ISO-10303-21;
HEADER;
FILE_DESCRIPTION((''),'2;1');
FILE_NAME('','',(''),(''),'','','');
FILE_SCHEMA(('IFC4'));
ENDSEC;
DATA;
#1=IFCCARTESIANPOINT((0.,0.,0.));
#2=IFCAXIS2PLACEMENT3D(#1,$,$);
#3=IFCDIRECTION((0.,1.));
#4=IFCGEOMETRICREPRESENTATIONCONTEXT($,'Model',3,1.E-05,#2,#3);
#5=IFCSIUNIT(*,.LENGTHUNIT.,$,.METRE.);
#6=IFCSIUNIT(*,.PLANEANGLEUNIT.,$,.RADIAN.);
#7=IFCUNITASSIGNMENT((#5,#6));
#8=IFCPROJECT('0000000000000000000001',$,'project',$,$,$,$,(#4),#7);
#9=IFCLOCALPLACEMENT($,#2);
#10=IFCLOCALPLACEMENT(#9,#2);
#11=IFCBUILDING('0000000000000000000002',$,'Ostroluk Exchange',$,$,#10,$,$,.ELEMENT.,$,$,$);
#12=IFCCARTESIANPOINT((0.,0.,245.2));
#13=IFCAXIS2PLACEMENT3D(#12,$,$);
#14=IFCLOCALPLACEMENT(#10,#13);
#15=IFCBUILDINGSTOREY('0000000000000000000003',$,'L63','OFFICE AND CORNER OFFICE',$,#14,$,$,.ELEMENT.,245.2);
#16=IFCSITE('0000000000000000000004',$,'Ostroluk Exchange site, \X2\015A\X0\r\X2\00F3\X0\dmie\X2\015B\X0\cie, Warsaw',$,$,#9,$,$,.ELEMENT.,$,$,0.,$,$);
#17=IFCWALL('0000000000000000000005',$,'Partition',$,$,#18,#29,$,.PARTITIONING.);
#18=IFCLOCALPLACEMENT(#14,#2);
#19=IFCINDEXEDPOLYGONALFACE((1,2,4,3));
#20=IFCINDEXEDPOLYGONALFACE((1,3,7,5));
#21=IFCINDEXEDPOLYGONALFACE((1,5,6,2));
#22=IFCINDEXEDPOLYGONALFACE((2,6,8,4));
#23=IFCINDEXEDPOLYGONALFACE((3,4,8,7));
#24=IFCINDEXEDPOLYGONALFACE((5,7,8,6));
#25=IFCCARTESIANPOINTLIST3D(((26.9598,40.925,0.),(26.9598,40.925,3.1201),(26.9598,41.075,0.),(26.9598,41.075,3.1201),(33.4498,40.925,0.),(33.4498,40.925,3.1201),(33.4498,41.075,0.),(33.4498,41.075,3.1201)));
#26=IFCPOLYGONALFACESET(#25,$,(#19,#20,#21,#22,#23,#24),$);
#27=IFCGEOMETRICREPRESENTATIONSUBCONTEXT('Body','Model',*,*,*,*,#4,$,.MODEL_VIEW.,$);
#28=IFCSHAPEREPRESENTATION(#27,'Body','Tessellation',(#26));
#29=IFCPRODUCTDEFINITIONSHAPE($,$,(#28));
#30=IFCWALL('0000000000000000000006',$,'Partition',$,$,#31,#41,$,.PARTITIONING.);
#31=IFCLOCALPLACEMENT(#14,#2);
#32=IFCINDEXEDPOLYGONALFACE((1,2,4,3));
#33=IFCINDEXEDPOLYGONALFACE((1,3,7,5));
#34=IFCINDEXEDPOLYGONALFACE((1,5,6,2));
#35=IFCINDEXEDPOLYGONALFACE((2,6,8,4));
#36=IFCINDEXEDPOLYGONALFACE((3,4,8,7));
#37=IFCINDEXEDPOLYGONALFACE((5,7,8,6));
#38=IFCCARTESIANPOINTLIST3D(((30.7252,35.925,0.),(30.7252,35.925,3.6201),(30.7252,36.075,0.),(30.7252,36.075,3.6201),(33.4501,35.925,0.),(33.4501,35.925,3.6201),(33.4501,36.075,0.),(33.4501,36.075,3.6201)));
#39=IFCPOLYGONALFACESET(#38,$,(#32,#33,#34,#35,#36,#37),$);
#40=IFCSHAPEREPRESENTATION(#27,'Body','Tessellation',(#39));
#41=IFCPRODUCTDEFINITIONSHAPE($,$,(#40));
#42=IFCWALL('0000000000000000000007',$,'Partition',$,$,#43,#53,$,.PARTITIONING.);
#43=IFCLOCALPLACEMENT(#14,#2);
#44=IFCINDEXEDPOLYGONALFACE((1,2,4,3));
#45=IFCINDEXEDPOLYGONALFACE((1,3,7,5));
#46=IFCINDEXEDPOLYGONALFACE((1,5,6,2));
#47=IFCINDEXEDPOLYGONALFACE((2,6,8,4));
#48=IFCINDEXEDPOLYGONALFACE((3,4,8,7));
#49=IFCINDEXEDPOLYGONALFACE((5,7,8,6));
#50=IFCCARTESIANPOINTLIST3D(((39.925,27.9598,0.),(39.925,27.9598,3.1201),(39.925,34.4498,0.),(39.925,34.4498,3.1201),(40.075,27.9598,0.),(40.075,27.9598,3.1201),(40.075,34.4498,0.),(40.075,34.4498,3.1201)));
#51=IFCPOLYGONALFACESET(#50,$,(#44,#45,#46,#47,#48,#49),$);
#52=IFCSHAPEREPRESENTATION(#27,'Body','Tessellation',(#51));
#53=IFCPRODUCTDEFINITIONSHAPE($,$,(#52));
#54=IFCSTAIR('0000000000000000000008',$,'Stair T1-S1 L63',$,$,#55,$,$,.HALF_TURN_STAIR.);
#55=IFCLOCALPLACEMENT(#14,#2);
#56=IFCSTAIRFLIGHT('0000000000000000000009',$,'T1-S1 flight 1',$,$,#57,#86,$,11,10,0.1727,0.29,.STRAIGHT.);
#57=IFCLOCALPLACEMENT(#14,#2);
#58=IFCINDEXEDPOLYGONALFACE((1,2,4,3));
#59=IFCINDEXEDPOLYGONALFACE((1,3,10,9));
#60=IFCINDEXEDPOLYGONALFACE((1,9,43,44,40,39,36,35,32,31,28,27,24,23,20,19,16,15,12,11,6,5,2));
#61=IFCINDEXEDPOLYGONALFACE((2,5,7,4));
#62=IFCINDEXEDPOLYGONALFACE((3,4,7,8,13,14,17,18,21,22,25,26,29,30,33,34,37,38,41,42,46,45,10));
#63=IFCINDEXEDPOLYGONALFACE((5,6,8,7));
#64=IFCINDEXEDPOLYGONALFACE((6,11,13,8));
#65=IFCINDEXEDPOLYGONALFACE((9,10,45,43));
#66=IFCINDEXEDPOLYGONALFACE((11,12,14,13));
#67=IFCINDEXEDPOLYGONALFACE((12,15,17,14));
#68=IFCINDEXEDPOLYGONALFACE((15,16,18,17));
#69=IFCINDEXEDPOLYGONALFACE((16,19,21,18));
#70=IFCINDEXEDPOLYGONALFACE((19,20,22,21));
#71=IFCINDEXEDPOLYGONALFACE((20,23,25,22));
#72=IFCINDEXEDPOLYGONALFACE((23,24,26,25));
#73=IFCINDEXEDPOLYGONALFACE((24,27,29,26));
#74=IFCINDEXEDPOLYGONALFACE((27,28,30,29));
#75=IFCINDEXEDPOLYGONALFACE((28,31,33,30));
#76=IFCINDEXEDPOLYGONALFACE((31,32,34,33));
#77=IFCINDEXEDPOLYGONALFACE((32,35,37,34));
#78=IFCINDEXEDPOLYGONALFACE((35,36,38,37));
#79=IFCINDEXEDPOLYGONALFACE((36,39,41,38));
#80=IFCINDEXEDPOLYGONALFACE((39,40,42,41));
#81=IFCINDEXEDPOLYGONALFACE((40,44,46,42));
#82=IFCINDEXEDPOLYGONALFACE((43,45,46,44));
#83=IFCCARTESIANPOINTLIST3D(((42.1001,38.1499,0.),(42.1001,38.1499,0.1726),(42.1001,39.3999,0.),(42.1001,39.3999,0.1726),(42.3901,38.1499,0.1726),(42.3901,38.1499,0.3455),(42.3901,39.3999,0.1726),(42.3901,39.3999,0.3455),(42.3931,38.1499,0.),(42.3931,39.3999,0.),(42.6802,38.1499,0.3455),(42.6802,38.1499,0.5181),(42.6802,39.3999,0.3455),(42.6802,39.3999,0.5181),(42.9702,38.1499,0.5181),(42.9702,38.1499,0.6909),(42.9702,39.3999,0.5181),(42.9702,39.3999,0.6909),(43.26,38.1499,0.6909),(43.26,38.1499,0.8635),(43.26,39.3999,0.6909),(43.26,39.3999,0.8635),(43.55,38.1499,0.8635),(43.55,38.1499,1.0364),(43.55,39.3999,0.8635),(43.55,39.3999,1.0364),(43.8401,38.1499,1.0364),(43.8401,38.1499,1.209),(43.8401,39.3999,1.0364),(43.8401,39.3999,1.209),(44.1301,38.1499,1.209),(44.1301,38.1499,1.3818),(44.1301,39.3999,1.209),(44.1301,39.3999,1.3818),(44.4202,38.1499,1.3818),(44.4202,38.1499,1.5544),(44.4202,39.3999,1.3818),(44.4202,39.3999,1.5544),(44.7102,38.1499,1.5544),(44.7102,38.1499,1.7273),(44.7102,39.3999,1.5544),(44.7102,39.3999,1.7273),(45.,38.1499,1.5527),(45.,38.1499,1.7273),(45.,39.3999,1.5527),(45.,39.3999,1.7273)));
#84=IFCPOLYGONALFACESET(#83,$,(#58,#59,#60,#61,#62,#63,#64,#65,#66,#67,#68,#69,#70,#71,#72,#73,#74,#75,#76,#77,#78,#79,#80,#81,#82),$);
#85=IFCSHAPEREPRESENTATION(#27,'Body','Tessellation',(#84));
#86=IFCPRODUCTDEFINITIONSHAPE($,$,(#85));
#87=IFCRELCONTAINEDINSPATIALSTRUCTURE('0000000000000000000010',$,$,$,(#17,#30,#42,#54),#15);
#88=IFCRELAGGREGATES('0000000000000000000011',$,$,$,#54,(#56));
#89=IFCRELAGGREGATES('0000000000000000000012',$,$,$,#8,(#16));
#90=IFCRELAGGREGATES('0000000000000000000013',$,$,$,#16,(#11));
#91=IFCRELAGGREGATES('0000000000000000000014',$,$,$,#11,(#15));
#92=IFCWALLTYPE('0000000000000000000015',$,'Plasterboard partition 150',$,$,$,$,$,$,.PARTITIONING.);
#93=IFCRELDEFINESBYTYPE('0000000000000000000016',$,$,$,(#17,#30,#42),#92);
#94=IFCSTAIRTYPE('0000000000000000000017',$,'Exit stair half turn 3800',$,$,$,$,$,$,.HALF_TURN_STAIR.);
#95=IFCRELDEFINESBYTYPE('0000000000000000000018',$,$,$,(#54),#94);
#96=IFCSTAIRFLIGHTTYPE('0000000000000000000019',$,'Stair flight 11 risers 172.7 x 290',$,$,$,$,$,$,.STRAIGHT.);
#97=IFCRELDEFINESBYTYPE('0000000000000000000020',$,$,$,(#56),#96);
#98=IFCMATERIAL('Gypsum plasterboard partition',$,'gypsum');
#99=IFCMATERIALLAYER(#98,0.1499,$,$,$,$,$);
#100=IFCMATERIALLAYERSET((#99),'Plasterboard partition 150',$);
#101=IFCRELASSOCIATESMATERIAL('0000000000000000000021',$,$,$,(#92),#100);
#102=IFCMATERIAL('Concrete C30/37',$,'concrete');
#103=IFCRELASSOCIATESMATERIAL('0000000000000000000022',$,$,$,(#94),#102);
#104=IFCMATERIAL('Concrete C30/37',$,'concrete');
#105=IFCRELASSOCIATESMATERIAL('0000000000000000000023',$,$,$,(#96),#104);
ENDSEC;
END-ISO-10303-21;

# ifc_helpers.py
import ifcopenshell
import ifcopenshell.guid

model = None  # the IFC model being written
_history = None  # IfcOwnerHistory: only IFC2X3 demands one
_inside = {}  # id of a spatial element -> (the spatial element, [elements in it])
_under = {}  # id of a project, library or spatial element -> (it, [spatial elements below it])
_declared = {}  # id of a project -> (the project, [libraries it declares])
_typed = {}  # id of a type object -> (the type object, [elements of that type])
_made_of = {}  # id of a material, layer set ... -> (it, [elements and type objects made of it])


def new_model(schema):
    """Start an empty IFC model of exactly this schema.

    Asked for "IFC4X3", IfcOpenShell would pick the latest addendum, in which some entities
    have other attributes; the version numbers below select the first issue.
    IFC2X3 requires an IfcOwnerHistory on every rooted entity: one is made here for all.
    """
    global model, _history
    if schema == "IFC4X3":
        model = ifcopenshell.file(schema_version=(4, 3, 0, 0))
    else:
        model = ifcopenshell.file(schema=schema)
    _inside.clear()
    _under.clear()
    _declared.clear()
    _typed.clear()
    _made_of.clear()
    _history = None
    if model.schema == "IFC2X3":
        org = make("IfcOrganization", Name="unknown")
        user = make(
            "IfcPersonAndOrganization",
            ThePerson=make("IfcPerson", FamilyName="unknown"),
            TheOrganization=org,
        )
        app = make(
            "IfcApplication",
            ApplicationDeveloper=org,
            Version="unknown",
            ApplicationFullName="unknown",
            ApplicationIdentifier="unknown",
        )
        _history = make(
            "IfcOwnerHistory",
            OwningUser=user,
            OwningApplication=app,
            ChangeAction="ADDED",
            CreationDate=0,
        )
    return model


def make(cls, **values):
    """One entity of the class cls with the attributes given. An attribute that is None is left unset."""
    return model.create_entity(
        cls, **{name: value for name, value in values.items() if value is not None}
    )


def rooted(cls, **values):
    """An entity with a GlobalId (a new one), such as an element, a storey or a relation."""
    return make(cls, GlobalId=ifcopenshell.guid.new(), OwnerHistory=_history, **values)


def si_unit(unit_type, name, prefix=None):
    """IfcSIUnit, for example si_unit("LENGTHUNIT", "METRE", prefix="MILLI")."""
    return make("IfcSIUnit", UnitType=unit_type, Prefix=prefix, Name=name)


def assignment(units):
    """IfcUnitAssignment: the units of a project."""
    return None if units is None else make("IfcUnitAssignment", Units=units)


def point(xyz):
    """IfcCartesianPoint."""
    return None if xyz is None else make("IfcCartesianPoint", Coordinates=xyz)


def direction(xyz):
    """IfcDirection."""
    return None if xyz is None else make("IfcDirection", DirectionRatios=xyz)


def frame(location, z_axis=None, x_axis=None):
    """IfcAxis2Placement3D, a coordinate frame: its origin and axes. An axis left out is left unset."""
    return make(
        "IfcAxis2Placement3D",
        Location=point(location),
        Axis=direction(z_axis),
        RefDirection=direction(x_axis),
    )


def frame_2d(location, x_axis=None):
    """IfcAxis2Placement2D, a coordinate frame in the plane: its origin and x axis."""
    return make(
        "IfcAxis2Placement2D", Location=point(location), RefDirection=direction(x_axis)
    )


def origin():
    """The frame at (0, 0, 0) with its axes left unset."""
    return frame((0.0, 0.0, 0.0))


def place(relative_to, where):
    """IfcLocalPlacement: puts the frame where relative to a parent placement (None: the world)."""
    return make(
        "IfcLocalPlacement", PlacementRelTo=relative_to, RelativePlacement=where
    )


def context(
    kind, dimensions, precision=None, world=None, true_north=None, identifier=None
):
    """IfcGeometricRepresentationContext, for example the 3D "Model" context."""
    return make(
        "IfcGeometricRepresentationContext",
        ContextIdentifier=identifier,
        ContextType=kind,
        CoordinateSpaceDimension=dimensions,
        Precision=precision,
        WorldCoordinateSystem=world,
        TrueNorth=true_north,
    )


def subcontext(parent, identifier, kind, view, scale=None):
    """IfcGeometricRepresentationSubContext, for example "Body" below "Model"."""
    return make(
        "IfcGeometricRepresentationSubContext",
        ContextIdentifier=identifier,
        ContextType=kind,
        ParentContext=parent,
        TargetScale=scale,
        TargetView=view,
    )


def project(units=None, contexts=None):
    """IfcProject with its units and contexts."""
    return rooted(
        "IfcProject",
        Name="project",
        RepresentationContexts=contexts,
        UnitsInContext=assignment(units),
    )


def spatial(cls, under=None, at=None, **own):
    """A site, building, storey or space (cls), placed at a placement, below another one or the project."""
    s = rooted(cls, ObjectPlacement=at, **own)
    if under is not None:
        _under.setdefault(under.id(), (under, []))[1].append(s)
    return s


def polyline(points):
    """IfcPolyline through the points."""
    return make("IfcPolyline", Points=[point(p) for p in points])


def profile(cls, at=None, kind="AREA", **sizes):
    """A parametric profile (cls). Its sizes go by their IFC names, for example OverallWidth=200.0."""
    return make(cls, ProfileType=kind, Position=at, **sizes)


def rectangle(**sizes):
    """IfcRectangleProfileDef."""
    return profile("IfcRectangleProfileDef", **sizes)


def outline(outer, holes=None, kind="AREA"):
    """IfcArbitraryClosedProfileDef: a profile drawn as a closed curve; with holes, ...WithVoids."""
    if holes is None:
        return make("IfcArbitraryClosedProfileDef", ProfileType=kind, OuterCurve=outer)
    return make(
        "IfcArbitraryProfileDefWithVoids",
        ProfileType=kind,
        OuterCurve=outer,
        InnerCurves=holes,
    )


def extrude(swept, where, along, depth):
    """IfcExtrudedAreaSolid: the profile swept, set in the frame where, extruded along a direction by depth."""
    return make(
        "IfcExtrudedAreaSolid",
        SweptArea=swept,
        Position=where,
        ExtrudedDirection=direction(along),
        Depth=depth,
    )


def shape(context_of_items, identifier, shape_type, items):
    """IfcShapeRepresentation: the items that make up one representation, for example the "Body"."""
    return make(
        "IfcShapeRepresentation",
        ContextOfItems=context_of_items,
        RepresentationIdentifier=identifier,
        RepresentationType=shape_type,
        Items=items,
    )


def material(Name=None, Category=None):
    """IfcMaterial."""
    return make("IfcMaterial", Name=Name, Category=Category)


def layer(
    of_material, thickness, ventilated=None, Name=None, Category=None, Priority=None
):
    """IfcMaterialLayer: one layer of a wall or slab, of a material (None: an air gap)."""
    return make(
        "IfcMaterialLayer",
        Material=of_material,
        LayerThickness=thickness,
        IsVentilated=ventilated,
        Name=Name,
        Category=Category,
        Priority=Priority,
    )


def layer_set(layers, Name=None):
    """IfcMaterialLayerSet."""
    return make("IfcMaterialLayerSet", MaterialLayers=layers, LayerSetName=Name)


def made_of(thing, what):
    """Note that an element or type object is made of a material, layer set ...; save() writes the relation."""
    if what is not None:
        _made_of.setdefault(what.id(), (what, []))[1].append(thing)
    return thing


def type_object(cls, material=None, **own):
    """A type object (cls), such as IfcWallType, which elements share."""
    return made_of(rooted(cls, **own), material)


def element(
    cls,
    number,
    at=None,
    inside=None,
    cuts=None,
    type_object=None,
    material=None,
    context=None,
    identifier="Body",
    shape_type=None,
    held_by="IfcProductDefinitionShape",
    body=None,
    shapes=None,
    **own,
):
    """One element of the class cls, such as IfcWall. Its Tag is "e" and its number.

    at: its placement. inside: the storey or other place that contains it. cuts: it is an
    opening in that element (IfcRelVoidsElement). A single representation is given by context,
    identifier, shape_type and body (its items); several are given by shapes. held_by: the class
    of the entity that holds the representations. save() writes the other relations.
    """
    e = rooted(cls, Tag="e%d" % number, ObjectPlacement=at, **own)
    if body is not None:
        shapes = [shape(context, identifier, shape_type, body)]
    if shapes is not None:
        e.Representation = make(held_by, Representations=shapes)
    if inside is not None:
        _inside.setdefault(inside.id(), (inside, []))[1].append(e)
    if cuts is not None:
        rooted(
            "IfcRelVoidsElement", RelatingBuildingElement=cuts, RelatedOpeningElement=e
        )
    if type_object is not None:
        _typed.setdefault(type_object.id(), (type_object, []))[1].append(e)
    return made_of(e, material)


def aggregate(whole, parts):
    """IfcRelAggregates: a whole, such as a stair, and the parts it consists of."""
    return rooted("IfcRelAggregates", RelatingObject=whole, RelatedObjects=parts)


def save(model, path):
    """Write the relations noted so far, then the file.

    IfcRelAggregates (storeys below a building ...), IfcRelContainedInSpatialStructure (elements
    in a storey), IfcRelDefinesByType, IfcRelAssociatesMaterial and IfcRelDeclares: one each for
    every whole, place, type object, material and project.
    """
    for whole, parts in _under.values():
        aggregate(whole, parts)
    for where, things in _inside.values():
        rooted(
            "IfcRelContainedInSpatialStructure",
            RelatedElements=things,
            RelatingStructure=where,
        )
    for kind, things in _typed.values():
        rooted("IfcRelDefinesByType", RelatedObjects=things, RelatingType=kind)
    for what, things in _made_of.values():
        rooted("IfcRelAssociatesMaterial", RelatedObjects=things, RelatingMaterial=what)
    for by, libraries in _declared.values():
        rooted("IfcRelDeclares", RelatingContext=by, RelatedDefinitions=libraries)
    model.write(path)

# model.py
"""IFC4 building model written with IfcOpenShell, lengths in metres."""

from ifc_helpers import new_model, si_unit, direction, frame, frame_2d, origin, place, context, subcontext, project, spatial, polyline, rectangle, outline, extrude, material, layer, layer_set, type_object, element, aggregate, save


model = new_model("IFC4")

# Units and contexts
model_context = context("Model", 3, precision=1e-05, world=origin(), true_north=direction((0.0, 1.0)))
body_context = subcontext(model_context, "Body", "Model", "MODEL_VIEW")
ifc_project = project(units=[si_unit("LENGTHUNIT", "METRE"), si_unit("PLANEANGLEUNIT", "RADIAN")], contexts=[model_context])

# Site, building, storey
site_placement = place(None, origin())
site = spatial("IfcSite", under=ifc_project, at=site_placement, Name="Ostroluk Exchange site, Śródmieście, Warsaw", CompositionType="ELEMENT", RefElevation=0.0)
building_placement = place(site_placement, origin())
building = spatial("IfcBuilding", under=site, at=building_placement, Name="Ostroluk Exchange", CompositionType="ELEMENT")
storey_placement = place(building_placement, frame((0.0, 0.0, 245.2)))
storey = spatial("IfcBuildingStorey", under=building, at=storey_placement, Name="L63", Description="OFFICE AND CORNER OFFICE", CompositionType="ELEMENT", Elevation=245.2)

# Walls
ifc_material_1 = material(Name="Gypsum plasterboard partition", Category="gypsum")
ifc_layer_1 = layer(ifc_material_1, 0.1499)
ifc_layer_set_1 = layer_set([ifc_layer_1], Name="Plasterboard partition 150")
wall_type_1 = type_object("IfcWallType", Name="Plasterboard partition 150", PredefinedType="PARTITIONING", material=ifc_layer_set_1)
wall_1_placement = place(storey_placement, frame((33.45, 41.0, 0.0), z_axis=(0.0, 0.0, 1.0), x_axis=(-1.0, 0.0, 0.0)))
element("IfcWall", 1, at=wall_1_placement, inside=storey, type_object=wall_type_1, Name="Partition", PredefinedType="PARTITIONING", context=body_context, shape_type="SweptSolid", body=[
    extrude(rectangle(XDim=6.49, YDim=0.1499, at=frame_2d((3.2451, 0.0))), origin(), (0.0, 0.0, 1.0), 3.1201),
])
wall_2_placement = place(storey_placement, frame((33.45, 36.0, 0.0), z_axis=(0.0, 0.0, 1.0), x_axis=(-1.0, 0.0, 0.0)))
element("IfcWall", 2, at=wall_2_placement, inside=storey, type_object=wall_type_1, Name="Partition", PredefinedType="PARTITIONING", context=body_context, shape_type="SweptSolid", body=[
    extrude(rectangle(XDim=2.7249, YDim=0.1499, at=frame_2d((1.3623, 0.0))), origin(), (0.0, 0.0, 1.0), 3.6201),
])
wall_3_placement = place(storey_placement, frame((40.0, 34.45, 0.0), z_axis=(0.0, 0.0, 1.0), x_axis=(0.0, -1.0, 0.0)))
element("IfcWall", 3, at=wall_3_placement, inside=storey, type_object=wall_type_1, Name="Partition", PredefinedType="PARTITIONING", context=body_context, shape_type="SweptSolid", body=[
    extrude(rectangle(XDim=6.49, YDim=0.1499, at=frame_2d((3.2451, 0.0))), origin(), (0.0, 0.0, 1.0), 3.1201),
])

# Stair, stair flight
ifc_material_2 = material(Name="Concrete C30/37", Category="concrete")
stair_type = type_object("IfcStairType", Name="Exit stair half turn 3800", PredefinedType="HALF_TURN_STAIR", material=ifc_material_2)
stair_placement = place(storey_placement, origin())
stair = element("IfcStair", 4, at=stair_placement, inside=storey, type_object=stair_type, Name="Stair T1-S1 L63", PredefinedType="HALF_TURN_STAIR")
ifc_material_3 = material(Name="Concrete C30/37", Category="concrete")
stair_flight_type = type_object("IfcStairFlightType", Name="Stair flight 11 risers 172.7 x 290", PredefinedType="STRAIGHT", material=ifc_material_3)
stair_flight_placement = place(storey_placement, frame((42.1001, 38.7749, 0.0), z_axis=(0.0, 0.0, 1.0), x_axis=(1.0, 0.0, 0.0)))
stair_flight = element("IfcStairFlight", 5, at=stair_flight_placement, type_object=stair_flight_type, Name="T1-S1 flight 1", NumberOfRisers=11, NumberOfTreads=10, PredefinedType="STRAIGHT", RiserHeight=0.1727, TreadLength=0.29, context=body_context, shape_type="SweptSolid", body=[
    extrude(outline(polyline([(0.0, 0.0), (0.0, 0.1726), (0.29, 0.1726), (0.29, 0.3455), (0.5801, 0.3455), (0.5801, 0.5181), (0.8701, 0.5181), (0.8701, 0.6909), (1.1599, 0.6909), (1.1599, 0.8635), (1.45, 0.8635), (1.45, 1.0364), (1.74, 1.0364), (1.74, 1.209), (2.03, 1.209), (2.03, 1.3818), (2.3201, 1.3818), (2.3201, 1.5544), (2.6101, 1.5544), (2.6101, 1.7273), (2.8999, 1.7273), (2.8999, 1.8999), (2.8999, 1.5527), (0.293, 0.0), (0.0, 0.0)])), frame((0.0, 0.625, 0.0), z_axis=(0.0, -1.0, 0.0), x_axis=(1.0, 0.0, 0.0)), (0.0, 0.0, 1.0), 1.25),
])
aggregate(stair, [stair_flight])

save(model, "model.ifc")
